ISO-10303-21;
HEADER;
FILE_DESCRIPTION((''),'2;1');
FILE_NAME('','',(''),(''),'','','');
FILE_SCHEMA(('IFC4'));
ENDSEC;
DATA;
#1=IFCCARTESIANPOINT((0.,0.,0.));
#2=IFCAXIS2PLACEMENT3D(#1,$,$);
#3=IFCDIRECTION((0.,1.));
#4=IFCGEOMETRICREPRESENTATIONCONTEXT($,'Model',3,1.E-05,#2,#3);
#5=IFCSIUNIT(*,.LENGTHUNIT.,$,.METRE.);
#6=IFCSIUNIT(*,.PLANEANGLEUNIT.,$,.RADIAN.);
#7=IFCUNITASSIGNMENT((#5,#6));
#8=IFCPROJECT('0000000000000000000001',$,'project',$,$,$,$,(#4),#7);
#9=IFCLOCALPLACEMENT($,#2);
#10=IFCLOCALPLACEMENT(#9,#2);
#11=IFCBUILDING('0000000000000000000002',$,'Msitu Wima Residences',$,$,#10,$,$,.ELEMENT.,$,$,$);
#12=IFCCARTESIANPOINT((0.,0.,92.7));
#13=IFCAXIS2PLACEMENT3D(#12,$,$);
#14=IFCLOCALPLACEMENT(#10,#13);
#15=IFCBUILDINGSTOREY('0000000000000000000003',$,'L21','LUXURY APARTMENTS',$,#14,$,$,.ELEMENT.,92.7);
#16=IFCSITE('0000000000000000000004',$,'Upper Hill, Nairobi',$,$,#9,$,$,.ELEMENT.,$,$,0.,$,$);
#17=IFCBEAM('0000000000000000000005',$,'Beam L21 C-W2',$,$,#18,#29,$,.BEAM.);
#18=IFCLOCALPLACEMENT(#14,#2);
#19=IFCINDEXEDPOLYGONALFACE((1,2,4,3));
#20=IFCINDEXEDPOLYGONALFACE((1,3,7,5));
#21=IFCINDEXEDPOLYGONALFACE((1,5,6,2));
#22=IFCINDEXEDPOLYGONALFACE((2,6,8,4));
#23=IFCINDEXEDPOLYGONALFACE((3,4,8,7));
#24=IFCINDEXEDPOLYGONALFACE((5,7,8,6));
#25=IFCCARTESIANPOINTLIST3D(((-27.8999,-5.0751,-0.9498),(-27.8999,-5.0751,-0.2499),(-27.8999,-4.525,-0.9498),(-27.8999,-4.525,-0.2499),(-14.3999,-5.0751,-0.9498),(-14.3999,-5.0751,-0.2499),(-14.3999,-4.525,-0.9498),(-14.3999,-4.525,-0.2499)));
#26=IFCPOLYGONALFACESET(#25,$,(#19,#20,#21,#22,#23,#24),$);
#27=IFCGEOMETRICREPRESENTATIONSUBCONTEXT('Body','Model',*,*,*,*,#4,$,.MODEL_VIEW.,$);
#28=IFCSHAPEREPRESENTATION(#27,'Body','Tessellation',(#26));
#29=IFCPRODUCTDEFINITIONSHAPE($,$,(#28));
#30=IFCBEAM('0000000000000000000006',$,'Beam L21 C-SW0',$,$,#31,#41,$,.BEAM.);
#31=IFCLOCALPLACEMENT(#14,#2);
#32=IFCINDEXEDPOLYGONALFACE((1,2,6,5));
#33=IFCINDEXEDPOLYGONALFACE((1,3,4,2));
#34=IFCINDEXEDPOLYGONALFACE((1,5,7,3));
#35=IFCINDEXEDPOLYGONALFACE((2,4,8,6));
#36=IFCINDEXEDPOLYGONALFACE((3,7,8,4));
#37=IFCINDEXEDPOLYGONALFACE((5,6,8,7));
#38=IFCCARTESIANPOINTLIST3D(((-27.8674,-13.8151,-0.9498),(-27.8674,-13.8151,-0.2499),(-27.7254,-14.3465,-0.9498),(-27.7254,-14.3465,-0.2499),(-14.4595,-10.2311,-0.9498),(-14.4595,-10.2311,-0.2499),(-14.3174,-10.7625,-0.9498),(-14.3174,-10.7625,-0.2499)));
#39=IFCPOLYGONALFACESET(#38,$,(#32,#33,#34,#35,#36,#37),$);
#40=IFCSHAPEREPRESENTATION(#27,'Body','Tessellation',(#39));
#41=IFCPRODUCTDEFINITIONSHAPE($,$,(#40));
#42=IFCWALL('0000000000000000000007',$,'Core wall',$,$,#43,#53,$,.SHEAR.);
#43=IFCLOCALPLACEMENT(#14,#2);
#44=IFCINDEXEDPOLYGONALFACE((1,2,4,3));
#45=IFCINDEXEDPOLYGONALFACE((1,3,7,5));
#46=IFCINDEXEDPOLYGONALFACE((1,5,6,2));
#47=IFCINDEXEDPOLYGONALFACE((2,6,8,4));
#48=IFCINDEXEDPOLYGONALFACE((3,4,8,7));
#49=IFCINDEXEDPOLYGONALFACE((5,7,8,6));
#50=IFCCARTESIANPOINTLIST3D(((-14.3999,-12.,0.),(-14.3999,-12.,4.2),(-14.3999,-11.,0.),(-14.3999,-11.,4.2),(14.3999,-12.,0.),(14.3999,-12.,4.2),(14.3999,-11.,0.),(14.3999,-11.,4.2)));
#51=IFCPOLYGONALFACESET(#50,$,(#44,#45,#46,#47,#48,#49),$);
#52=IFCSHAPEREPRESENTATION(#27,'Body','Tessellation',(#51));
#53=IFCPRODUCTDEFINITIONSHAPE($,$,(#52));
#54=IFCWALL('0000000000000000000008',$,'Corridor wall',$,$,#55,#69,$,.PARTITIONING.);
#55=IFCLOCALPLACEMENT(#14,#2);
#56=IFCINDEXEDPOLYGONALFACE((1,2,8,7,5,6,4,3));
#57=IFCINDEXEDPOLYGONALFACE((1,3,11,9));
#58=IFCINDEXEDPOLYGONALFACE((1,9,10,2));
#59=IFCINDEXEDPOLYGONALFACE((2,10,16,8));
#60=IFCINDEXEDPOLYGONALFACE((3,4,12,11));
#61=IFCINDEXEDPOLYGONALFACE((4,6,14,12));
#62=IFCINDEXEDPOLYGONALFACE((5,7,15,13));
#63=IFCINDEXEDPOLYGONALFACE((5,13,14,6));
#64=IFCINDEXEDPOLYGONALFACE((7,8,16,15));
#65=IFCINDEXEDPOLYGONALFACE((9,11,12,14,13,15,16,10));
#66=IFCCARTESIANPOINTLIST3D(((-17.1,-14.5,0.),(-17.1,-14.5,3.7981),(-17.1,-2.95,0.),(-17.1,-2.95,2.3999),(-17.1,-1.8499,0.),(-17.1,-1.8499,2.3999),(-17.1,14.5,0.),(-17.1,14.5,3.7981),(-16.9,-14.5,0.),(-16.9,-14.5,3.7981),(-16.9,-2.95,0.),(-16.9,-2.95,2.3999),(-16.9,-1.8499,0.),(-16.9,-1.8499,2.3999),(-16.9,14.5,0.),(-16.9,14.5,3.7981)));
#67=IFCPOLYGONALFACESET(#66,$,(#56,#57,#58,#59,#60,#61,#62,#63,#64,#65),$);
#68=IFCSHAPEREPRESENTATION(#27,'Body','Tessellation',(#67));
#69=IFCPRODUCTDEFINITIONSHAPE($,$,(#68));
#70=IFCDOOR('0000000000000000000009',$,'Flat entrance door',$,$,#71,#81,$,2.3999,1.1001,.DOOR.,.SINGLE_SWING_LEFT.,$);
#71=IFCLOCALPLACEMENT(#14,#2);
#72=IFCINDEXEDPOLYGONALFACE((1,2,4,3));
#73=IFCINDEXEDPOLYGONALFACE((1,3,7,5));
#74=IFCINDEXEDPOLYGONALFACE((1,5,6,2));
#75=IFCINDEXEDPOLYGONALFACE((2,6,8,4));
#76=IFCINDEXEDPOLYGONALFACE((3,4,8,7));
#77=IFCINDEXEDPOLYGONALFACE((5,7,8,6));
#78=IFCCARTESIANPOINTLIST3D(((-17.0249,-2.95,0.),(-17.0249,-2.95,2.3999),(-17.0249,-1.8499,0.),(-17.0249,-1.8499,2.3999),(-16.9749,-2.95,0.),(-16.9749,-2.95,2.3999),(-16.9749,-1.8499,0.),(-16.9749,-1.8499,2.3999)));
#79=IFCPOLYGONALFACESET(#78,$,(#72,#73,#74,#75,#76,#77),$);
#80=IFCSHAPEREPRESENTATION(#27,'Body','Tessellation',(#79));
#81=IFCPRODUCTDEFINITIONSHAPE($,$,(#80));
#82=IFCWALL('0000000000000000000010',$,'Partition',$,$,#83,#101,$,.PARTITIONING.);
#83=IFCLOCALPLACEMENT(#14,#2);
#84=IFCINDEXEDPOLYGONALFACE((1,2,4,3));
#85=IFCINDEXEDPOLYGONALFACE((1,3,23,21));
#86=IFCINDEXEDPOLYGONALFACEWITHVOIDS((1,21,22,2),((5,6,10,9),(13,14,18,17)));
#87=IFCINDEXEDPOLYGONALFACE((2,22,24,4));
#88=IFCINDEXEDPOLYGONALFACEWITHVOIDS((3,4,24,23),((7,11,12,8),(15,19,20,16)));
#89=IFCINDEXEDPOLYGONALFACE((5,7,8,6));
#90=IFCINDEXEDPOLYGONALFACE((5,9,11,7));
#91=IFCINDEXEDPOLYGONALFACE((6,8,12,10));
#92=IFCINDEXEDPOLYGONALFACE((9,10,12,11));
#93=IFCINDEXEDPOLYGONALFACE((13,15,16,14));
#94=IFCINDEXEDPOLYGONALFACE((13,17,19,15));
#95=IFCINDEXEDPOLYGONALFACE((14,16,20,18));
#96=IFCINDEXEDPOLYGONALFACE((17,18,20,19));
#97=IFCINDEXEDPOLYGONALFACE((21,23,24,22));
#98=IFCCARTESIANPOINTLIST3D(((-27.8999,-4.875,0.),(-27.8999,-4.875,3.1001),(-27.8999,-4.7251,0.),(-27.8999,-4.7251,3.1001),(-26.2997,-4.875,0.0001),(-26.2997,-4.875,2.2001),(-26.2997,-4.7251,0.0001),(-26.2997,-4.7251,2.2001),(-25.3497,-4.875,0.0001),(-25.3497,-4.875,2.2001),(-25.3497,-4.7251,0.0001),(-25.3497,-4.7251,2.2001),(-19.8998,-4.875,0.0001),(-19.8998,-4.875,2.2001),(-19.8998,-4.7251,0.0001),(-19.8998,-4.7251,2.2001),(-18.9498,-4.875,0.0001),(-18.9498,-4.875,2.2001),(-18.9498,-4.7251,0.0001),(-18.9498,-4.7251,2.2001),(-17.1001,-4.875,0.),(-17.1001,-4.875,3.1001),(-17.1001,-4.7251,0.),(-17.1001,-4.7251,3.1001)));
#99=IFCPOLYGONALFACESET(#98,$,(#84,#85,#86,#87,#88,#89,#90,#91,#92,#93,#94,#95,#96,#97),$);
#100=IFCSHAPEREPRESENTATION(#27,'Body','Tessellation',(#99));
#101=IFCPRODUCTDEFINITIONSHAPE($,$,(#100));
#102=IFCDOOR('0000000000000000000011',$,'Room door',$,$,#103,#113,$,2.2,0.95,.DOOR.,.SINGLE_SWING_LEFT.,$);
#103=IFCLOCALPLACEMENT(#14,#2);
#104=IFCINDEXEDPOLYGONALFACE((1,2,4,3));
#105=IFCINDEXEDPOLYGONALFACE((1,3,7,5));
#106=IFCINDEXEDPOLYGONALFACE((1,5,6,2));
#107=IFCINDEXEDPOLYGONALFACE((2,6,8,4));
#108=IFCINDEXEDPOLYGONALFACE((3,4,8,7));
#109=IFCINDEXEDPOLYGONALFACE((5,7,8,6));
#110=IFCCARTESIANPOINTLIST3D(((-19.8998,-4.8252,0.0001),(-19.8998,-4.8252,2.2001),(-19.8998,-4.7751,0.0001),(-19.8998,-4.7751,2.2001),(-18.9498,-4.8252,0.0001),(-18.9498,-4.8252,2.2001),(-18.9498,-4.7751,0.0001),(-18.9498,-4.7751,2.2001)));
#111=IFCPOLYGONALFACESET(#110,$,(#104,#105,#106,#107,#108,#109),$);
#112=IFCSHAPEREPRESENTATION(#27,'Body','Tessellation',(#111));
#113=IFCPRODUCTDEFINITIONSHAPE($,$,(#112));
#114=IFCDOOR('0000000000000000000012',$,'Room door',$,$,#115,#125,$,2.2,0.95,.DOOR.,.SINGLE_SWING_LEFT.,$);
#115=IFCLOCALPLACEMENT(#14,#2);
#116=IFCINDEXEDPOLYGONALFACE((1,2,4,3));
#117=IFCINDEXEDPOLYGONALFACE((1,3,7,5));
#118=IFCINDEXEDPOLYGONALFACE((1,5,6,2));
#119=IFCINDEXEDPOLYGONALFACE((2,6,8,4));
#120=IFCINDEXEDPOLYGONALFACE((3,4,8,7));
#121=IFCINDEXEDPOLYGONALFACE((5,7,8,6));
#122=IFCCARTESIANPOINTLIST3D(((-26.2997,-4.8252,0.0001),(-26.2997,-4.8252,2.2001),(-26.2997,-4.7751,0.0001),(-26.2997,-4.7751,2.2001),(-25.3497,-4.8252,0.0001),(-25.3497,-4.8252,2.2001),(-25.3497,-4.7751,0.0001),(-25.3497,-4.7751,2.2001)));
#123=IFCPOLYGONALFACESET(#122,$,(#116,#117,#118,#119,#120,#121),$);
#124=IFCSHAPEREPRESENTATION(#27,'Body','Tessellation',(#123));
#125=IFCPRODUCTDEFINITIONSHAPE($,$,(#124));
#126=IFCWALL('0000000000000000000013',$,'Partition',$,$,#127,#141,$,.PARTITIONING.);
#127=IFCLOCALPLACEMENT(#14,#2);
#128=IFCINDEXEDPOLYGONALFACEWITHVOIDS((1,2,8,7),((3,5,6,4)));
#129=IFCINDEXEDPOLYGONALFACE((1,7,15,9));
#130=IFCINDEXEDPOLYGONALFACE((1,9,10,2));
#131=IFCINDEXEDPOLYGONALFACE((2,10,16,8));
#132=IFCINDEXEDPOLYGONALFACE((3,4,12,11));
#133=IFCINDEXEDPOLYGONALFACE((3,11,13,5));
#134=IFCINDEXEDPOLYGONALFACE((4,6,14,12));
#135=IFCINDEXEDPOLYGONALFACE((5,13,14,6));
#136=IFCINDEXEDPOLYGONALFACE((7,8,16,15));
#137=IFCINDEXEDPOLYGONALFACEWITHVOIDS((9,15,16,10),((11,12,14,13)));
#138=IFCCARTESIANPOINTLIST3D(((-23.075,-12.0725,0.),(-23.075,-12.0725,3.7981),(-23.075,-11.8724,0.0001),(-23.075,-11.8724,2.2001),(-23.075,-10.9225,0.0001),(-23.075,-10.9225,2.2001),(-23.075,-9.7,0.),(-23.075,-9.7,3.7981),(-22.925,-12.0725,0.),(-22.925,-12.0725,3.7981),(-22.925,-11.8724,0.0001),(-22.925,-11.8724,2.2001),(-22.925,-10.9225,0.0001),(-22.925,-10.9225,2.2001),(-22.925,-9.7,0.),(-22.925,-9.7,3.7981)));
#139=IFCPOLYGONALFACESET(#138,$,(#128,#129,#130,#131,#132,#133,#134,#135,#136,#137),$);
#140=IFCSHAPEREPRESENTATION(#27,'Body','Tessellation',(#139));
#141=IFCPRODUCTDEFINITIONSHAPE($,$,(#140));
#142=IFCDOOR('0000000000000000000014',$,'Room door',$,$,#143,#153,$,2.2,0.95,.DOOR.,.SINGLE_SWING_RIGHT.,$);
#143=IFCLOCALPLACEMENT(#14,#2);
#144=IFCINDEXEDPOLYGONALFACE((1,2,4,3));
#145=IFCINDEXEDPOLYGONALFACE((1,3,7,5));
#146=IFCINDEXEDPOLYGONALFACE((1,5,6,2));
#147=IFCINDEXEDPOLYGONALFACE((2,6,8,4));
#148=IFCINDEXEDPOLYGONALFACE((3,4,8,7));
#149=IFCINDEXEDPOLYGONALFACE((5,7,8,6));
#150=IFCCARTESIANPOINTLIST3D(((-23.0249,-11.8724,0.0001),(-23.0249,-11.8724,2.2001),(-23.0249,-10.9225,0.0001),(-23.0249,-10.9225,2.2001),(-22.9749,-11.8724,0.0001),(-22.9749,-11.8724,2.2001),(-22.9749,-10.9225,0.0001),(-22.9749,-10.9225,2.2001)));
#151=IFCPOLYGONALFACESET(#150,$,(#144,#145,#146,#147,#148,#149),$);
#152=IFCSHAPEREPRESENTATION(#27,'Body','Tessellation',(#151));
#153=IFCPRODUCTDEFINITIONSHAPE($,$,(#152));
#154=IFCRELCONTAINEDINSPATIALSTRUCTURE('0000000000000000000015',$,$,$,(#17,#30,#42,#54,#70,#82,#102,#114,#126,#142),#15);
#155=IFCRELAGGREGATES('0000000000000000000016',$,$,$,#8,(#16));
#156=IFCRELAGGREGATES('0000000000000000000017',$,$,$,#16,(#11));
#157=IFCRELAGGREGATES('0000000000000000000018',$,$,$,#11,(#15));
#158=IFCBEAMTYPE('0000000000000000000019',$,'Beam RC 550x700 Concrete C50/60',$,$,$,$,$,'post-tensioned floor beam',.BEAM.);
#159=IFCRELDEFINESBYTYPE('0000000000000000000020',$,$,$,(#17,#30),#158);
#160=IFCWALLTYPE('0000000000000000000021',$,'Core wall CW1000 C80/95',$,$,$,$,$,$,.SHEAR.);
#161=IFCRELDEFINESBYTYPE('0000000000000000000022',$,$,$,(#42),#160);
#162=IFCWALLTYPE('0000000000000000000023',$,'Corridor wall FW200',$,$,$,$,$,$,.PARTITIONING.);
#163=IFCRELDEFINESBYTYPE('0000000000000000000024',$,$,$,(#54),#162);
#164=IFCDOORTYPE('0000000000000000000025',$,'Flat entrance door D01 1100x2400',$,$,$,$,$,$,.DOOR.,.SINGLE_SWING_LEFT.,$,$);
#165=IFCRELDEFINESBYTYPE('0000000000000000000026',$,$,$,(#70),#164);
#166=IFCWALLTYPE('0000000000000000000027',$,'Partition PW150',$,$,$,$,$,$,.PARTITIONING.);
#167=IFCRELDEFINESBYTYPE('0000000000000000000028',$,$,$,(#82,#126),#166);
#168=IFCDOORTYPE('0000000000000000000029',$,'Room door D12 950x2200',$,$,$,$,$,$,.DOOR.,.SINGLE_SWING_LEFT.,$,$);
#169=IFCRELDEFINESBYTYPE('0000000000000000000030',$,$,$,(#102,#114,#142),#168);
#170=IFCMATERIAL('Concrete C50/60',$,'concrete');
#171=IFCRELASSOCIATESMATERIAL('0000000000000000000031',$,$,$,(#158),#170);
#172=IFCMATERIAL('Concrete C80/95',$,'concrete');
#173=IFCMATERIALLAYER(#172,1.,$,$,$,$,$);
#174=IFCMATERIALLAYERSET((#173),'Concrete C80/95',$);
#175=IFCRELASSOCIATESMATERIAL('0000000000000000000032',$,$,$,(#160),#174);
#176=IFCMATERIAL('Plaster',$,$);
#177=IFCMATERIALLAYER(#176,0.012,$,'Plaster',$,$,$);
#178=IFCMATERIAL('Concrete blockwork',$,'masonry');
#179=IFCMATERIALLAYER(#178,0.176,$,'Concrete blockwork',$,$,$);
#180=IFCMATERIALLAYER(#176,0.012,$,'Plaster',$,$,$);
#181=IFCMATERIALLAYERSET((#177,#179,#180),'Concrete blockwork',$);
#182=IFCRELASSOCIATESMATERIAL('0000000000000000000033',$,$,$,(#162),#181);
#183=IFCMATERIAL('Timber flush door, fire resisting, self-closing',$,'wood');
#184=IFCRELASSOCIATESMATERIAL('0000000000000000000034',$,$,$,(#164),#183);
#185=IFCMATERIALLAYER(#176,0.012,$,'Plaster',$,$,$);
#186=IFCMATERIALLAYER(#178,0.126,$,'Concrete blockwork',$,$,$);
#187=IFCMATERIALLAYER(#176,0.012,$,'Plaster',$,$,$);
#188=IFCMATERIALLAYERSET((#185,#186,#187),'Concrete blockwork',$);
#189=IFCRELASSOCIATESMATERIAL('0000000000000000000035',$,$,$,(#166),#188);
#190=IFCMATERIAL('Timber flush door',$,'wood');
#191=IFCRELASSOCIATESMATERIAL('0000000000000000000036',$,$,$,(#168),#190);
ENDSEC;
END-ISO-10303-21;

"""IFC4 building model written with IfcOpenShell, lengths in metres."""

from ifc_helpers import new_model, si_unit, direction, frame, frame_2d, origin, origin_2d, place, context, subcontext, project, spatial, rectangle, extrude, material, layer, layer_set, material_profile, profile_set, type_object, element, fill, save


model = new_model("IFC4")

# Units and contexts
model_context = context("Model", 3, precision=1e-05, world=origin(), true_north=direction((0.0, 1.0)))
body_context = subcontext(model_context, "Body", "Model", "MODEL_VIEW")
ifc_project = project(units=[si_unit("LENGTHUNIT", "METRE"), si_unit("PLANEANGLEUNIT", "RADIAN")], contexts=[model_context])

# Site, building, storey
site_placement = place(None, origin())
site = spatial("IfcSite", under=ifc_project, at=site_placement, Name="Upper Hill, Nairobi", CompositionType="ELEMENT", RefElevation=0.0)
building_placement = place(site_placement, origin())
building = spatial("IfcBuilding", under=site, at=building_placement, Name="Msitu Wima Residences", CompositionType="ELEMENT")
storey_placement = place(building_placement, frame((0.0, 0.0, 92.7)))
storey = spatial("IfcBuildingStorey", under=building, at=storey_placement, Name="L21", Description="LUXURY APARTMENTS", CompositionType="ELEMENT", Elevation=92.7)

# Beams
ifc_material_1 = material(Name="Concrete C50/60", Category="concrete")
ifc_material_profile = material_profile(ifc_material_1, rectangle(XDim=0.55, YDim=0.7, at=origin_2d()), Name="RC 550x700")
ifc_profile_set = profile_set([ifc_material_profile], Name="Concrete C50/60")
beam_type = type_object("IfcBeamType", Name="Beam RC 550x700 Concrete C50/60", ElementType="post-tensioned floor beam", PredefinedType="BEAM", material=ifc_profile_set)
beam_1_placement = place(storey_placement, frame((-27.8999, -4.8, -0.5999), z_axis=(1.0, 0.0, 0.0), x_axis=(0.0, 1.0, 0.0)))
element("IfcBeam", 1, at=beam_1_placement, inside=storey, type_object=beam_type, Name="Beam L21 C-W2", PredefinedType="BEAM", context=body_context, shape_type="SweptSolid", body=[
    extrude(rectangle(XDim=0.55, YDim=0.7, at=origin_2d()), origin(), (0.0, 0.0, 1.0), 13.5),
])
beam_2_placement = place(storey_placement, frame((-27.7964, -14.0808, -0.5999), z_axis=(0.966082, 0.258236, 0.0), x_axis=(-0.258236, 0.966082, 0.0)))
element("IfcBeam", 2, at=beam_2_placement, inside=storey, type_object=beam_type, Name="Beam L21 C-SW0", PredefinedType="BEAM", context=body_context, shape_type="SweptSolid", body=[
    extrude(rectangle(XDim=0.55, YDim=0.7, at=origin_2d()), origin(), (0.0, 0.0, 1.0), 13.8787),
])

# Wall
ifc_material_2 = material(Name="Concrete C80/95", Category="concrete")
ifc_layer_1 = layer(ifc_material_2, 1.0)
ifc_layer_set_1 = layer_set([ifc_layer_1], Name="Concrete C80/95")
wall_type_1 = type_object("IfcWallType", Name="Core wall CW1000 C80/95", PredefinedType="SHEAR", material=ifc_layer_set_1)
wall_1_placement = place(storey_placement, frame((-14.3999, -11.5, 0.0), z_axis=(0.0, 0.0, 1.0), x_axis=(1.0, 0.0, 0.0)))
element("IfcWall", 3, at=wall_1_placement, inside=storey, type_object=wall_type_1, Name="Core wall", PredefinedType="SHEAR", context=body_context, shape_type="SweptSolid", body=[
    extrude(rectangle(XDim=28.7998, YDim=1.0, at=frame_2d((14.3999, 0.0))), origin(), (0.0, 0.0, 1.0), 4.2),
])

# Wall, opening, door
ifc_material_3 = material(Name="Plaster")
ifc_layer_2 = layer(ifc_material_3, 0.012, Name="Plaster")
ifc_material_4 = material(Name="Concrete blockwork", Category="masonry")
ifc_layer_3 = layer(ifc_material_4, 0.176, Name="Concrete blockwork")
ifc_layer_4 = layer(ifc_material_3, 0.012, Name="Plaster")
ifc_layer_set_2 = layer_set([ifc_layer_2, ifc_layer_3, ifc_layer_4], Name="Concrete blockwork")
wall_type_2 = type_object("IfcWallType", Name="Corridor wall FW200", PredefinedType="PARTITIONING", material=ifc_layer_set_2)
wall_2_placement = place(storey_placement, frame((-17.0, -14.5, 0.0), z_axis=(0.0, 0.0, 1.0), x_axis=(0.0, 1.0, 0.0)))
wall_2 = element("IfcWall", 4, at=wall_2_placement, inside=storey, type_object=wall_type_2, Name="Corridor wall", PredefinedType="PARTITIONING", context=body_context, shape_type="SweptSolid", body=[
    extrude(rectangle(XDim=29.0, YDim=0.2, at=frame_2d((14.5, 0.0))), origin(), (0.0, 0.0, 1.0), 3.7981),
])
opening_1_placement = place(wall_2_placement, frame((11.55, 0.0, 0.0)))
opening_1 = element("IfcOpeningElement", 5, at=opening_1_placement, cuts=wall_2, PredefinedType="OPENING", context=body_context, shape_type="SweptSolid", body=[
    extrude(rectangle(XDim=1.1001, YDim=2.3999, at=frame_2d((0.55, 1.2))), frame((0.0, 0.1099, 0.0), z_axis=(0.0, -1.0, 0.0), x_axis=(1.0, 0.0, 0.0)), (0.0, 0.0, 1.0), 0.22),
])
ifc_material_5 = material(Name="Timber flush door, fire resisting, self-closing", Category="wood")
door_type_1 = type_object("IfcDoorType", Name="Flat entrance door D01 1100x2400", OperationType="SINGLE_SWING_LEFT", PredefinedType="DOOR", material=ifc_material_5)
door_1_placement = place(opening_1_placement, origin())
door_1 = element("IfcDoor", 6, at=door_1_placement, inside=storey, type_object=door_type_1, Name="Flat entrance door", OperationType="SINGLE_SWING_LEFT", OverallHeight=2.3999, OverallWidth=1.1001, PredefinedType="DOOR", context=body_context, shape_type="SweptSolid", body=[
    extrude(rectangle(XDim=1.1001, YDim=2.3999, at=frame_2d((0.55, 1.2))), frame((0.0, 0.0249, 0.0), z_axis=(0.0, -1.0, 0.0), x_axis=(1.0, 0.0, 0.0)), (0.0, 0.0, 1.0), 0.05),
])
fill(opening_1, door_1)

# Wall, openings, doors
ifc_layer_5 = layer(ifc_material_3, 0.012, Name="Plaster")
ifc_layer_6 = layer(ifc_material_4, 0.126, Name="Concrete blockwork")
ifc_layer_7 = layer(ifc_material_3, 0.012, Name="Plaster")
ifc_layer_set_3 = layer_set([ifc_layer_5, ifc_layer_6, ifc_layer_7], Name="Concrete blockwork")
wall_type_3 = type_object("IfcWallType", Name="Partition PW150", PredefinedType="PARTITIONING", material=ifc_layer_set_3)
wall_3_placement = place(storey_placement, frame((-27.8999, -4.8, 0.0), z_axis=(0.0, 0.0, 1.0), x_axis=(1.0, 0.0, 0.0)))
wall_3 = element("IfcWall", 7, at=wall_3_placement, inside=storey, type_object=wall_type_3, Name="Partition", PredefinedType="PARTITIONING", context=body_context, shape_type="SweptSolid", body=[
    extrude(rectangle(XDim=10.7998, YDim=0.1499, at=frame_2d((5.3999, 0.0))), origin(), (0.0, 0.0, 1.0), 3.1001),
])
opening_2_placement = place(wall_3_placement, frame((8.0, 0.0, 0.0)))
opening_2 = element("IfcOpeningElement", 8, at=opening_2_placement, cuts=wall_3, PredefinedType="OPENING", context=body_context, shape_type="SweptSolid", body=[
    extrude(rectangle(XDim=0.95, YDim=2.2, at=frame_2d((0.4751, 1.1001))), frame((0.0, 0.085, 0.0), z_axis=(0.0, -1.0, 0.0), x_axis=(1.0, 0.0, 0.0)), (0.0, 0.0, 1.0), 0.1699),
])
opening_3_placement = place(wall_3_placement, frame((1.6001, 0.0, 0.0)))
opening_3 = element("IfcOpeningElement", 9, at=opening_3_placement, cuts=wall_3, PredefinedType="OPENING", context=body_context, shape_type="SweptSolid", body=[
    extrude(rectangle(XDim=0.95, YDim=2.2, at=frame_2d((0.4751, 1.1001))), frame((0.0, 0.085, 0.0), z_axis=(0.0, -1.0, 0.0), x_axis=(1.0, 0.0, 0.0)), (0.0, 0.0, 1.0), 0.1699),
])
ifc_material_6 = material(Name="Timber flush door", Category="wood")
door_type_2 = type_object("IfcDoorType", Name="Room door D12 950x2200", OperationType="SINGLE_SWING_LEFT", PredefinedType="DOOR", material=ifc_material_6)
door_2_placement = place(opening_2_placement, origin())
door_2 = element("IfcDoor", 10, at=door_2_placement, inside=storey, type_object=door_type_2, Name="Room door", OperationType="SINGLE_SWING_LEFT", OverallHeight=2.2, OverallWidth=0.95, PredefinedType="DOOR", context=body_context, shape_type="SweptSolid", body=[
    extrude(rectangle(XDim=0.95, YDim=2.2, at=frame_2d((0.4751, 1.1001))), frame((0.0, 0.0249, 0.0), z_axis=(0.0, -1.0, 0.0), x_axis=(1.0, 0.0, 0.0)), (0.0, 0.0, 1.0), 0.05),
])
fill(opening_2, door_2)
door_3_placement = place(opening_3_placement, origin())
door_3 = element("IfcDoor", 11, at=door_3_placement, inside=storey, type_object=door_type_2, Name="Room door", OperationType="SINGLE_SWING_LEFT", OverallHeight=2.2, OverallWidth=0.95, PredefinedType="DOOR", context=body_context, shape_type="SweptSolid", body=[
    extrude(rectangle(XDim=0.95, YDim=2.2, at=frame_2d((0.4751, 1.1001))), frame((0.0, 0.0249, 0.0), z_axis=(0.0, -1.0, 0.0), x_axis=(1.0, 0.0, 0.0)), (0.0, 0.0, 1.0), 0.05),
])
fill(opening_3, door_3)

# Wall, opening, door
wall_4_placement = place(storey_placement, frame((-23.0, -12.0725, 0.0), z_axis=(0.0, 0.0, 1.0), x_axis=(0.0, 1.0, 0.0)))
wall_4 = element("IfcWall", 12, at=wall_4_placement, inside=storey, type_object=wall_type_3, Name="Partition", PredefinedType="PARTITIONING", context=body_context, shape_type="SweptSolid", body=[
    extrude(rectangle(XDim=2.3726, YDim=0.1499, at=frame_2d((1.1863, 0.0))), origin(), (0.0, 0.0, 1.0), 3.7981),
])
opening_4_placement = place(wall_4_placement, frame((0.2, 0.0, 0.0)))
opening_4 = element("IfcOpeningElement", 13, at=opening_4_placement, cuts=wall_4, PredefinedType="OPENING", context=body_context, shape_type="SweptSolid", body=[
    extrude(rectangle(XDim=0.95, YDim=2.2, at=frame_2d((0.4751, 1.1001))), frame((0.0, 0.085, 0.0), z_axis=(0.0, -1.0, 0.0), x_axis=(1.0, 0.0, 0.0)), (0.0, 0.0, 1.0), 0.1699),
])
door_4_placement = place(opening_4_placement, origin())
door_4 = element("IfcDoor", 14, at=door_4_placement, inside=storey, type_object=door_type_2, Name="Room door", OperationType="SINGLE_SWING_RIGHT", OverallHeight=2.2, OverallWidth=0.95, PredefinedType="DOOR", context=body_context, shape_type="SweptSolid", body=[
    extrude(rectangle(XDim=0.95, YDim=2.2, at=frame_2d((0.4751, 1.1001))), frame((0.0, 0.0249, 0.0), z_axis=(0.0, -1.0, 0.0), x_axis=(1.0, 0.0, 0.0)), (0.0, 0.0, 1.0), 0.05),
])
fill(opening_4, door_4)

save(model, "model.ifc")
